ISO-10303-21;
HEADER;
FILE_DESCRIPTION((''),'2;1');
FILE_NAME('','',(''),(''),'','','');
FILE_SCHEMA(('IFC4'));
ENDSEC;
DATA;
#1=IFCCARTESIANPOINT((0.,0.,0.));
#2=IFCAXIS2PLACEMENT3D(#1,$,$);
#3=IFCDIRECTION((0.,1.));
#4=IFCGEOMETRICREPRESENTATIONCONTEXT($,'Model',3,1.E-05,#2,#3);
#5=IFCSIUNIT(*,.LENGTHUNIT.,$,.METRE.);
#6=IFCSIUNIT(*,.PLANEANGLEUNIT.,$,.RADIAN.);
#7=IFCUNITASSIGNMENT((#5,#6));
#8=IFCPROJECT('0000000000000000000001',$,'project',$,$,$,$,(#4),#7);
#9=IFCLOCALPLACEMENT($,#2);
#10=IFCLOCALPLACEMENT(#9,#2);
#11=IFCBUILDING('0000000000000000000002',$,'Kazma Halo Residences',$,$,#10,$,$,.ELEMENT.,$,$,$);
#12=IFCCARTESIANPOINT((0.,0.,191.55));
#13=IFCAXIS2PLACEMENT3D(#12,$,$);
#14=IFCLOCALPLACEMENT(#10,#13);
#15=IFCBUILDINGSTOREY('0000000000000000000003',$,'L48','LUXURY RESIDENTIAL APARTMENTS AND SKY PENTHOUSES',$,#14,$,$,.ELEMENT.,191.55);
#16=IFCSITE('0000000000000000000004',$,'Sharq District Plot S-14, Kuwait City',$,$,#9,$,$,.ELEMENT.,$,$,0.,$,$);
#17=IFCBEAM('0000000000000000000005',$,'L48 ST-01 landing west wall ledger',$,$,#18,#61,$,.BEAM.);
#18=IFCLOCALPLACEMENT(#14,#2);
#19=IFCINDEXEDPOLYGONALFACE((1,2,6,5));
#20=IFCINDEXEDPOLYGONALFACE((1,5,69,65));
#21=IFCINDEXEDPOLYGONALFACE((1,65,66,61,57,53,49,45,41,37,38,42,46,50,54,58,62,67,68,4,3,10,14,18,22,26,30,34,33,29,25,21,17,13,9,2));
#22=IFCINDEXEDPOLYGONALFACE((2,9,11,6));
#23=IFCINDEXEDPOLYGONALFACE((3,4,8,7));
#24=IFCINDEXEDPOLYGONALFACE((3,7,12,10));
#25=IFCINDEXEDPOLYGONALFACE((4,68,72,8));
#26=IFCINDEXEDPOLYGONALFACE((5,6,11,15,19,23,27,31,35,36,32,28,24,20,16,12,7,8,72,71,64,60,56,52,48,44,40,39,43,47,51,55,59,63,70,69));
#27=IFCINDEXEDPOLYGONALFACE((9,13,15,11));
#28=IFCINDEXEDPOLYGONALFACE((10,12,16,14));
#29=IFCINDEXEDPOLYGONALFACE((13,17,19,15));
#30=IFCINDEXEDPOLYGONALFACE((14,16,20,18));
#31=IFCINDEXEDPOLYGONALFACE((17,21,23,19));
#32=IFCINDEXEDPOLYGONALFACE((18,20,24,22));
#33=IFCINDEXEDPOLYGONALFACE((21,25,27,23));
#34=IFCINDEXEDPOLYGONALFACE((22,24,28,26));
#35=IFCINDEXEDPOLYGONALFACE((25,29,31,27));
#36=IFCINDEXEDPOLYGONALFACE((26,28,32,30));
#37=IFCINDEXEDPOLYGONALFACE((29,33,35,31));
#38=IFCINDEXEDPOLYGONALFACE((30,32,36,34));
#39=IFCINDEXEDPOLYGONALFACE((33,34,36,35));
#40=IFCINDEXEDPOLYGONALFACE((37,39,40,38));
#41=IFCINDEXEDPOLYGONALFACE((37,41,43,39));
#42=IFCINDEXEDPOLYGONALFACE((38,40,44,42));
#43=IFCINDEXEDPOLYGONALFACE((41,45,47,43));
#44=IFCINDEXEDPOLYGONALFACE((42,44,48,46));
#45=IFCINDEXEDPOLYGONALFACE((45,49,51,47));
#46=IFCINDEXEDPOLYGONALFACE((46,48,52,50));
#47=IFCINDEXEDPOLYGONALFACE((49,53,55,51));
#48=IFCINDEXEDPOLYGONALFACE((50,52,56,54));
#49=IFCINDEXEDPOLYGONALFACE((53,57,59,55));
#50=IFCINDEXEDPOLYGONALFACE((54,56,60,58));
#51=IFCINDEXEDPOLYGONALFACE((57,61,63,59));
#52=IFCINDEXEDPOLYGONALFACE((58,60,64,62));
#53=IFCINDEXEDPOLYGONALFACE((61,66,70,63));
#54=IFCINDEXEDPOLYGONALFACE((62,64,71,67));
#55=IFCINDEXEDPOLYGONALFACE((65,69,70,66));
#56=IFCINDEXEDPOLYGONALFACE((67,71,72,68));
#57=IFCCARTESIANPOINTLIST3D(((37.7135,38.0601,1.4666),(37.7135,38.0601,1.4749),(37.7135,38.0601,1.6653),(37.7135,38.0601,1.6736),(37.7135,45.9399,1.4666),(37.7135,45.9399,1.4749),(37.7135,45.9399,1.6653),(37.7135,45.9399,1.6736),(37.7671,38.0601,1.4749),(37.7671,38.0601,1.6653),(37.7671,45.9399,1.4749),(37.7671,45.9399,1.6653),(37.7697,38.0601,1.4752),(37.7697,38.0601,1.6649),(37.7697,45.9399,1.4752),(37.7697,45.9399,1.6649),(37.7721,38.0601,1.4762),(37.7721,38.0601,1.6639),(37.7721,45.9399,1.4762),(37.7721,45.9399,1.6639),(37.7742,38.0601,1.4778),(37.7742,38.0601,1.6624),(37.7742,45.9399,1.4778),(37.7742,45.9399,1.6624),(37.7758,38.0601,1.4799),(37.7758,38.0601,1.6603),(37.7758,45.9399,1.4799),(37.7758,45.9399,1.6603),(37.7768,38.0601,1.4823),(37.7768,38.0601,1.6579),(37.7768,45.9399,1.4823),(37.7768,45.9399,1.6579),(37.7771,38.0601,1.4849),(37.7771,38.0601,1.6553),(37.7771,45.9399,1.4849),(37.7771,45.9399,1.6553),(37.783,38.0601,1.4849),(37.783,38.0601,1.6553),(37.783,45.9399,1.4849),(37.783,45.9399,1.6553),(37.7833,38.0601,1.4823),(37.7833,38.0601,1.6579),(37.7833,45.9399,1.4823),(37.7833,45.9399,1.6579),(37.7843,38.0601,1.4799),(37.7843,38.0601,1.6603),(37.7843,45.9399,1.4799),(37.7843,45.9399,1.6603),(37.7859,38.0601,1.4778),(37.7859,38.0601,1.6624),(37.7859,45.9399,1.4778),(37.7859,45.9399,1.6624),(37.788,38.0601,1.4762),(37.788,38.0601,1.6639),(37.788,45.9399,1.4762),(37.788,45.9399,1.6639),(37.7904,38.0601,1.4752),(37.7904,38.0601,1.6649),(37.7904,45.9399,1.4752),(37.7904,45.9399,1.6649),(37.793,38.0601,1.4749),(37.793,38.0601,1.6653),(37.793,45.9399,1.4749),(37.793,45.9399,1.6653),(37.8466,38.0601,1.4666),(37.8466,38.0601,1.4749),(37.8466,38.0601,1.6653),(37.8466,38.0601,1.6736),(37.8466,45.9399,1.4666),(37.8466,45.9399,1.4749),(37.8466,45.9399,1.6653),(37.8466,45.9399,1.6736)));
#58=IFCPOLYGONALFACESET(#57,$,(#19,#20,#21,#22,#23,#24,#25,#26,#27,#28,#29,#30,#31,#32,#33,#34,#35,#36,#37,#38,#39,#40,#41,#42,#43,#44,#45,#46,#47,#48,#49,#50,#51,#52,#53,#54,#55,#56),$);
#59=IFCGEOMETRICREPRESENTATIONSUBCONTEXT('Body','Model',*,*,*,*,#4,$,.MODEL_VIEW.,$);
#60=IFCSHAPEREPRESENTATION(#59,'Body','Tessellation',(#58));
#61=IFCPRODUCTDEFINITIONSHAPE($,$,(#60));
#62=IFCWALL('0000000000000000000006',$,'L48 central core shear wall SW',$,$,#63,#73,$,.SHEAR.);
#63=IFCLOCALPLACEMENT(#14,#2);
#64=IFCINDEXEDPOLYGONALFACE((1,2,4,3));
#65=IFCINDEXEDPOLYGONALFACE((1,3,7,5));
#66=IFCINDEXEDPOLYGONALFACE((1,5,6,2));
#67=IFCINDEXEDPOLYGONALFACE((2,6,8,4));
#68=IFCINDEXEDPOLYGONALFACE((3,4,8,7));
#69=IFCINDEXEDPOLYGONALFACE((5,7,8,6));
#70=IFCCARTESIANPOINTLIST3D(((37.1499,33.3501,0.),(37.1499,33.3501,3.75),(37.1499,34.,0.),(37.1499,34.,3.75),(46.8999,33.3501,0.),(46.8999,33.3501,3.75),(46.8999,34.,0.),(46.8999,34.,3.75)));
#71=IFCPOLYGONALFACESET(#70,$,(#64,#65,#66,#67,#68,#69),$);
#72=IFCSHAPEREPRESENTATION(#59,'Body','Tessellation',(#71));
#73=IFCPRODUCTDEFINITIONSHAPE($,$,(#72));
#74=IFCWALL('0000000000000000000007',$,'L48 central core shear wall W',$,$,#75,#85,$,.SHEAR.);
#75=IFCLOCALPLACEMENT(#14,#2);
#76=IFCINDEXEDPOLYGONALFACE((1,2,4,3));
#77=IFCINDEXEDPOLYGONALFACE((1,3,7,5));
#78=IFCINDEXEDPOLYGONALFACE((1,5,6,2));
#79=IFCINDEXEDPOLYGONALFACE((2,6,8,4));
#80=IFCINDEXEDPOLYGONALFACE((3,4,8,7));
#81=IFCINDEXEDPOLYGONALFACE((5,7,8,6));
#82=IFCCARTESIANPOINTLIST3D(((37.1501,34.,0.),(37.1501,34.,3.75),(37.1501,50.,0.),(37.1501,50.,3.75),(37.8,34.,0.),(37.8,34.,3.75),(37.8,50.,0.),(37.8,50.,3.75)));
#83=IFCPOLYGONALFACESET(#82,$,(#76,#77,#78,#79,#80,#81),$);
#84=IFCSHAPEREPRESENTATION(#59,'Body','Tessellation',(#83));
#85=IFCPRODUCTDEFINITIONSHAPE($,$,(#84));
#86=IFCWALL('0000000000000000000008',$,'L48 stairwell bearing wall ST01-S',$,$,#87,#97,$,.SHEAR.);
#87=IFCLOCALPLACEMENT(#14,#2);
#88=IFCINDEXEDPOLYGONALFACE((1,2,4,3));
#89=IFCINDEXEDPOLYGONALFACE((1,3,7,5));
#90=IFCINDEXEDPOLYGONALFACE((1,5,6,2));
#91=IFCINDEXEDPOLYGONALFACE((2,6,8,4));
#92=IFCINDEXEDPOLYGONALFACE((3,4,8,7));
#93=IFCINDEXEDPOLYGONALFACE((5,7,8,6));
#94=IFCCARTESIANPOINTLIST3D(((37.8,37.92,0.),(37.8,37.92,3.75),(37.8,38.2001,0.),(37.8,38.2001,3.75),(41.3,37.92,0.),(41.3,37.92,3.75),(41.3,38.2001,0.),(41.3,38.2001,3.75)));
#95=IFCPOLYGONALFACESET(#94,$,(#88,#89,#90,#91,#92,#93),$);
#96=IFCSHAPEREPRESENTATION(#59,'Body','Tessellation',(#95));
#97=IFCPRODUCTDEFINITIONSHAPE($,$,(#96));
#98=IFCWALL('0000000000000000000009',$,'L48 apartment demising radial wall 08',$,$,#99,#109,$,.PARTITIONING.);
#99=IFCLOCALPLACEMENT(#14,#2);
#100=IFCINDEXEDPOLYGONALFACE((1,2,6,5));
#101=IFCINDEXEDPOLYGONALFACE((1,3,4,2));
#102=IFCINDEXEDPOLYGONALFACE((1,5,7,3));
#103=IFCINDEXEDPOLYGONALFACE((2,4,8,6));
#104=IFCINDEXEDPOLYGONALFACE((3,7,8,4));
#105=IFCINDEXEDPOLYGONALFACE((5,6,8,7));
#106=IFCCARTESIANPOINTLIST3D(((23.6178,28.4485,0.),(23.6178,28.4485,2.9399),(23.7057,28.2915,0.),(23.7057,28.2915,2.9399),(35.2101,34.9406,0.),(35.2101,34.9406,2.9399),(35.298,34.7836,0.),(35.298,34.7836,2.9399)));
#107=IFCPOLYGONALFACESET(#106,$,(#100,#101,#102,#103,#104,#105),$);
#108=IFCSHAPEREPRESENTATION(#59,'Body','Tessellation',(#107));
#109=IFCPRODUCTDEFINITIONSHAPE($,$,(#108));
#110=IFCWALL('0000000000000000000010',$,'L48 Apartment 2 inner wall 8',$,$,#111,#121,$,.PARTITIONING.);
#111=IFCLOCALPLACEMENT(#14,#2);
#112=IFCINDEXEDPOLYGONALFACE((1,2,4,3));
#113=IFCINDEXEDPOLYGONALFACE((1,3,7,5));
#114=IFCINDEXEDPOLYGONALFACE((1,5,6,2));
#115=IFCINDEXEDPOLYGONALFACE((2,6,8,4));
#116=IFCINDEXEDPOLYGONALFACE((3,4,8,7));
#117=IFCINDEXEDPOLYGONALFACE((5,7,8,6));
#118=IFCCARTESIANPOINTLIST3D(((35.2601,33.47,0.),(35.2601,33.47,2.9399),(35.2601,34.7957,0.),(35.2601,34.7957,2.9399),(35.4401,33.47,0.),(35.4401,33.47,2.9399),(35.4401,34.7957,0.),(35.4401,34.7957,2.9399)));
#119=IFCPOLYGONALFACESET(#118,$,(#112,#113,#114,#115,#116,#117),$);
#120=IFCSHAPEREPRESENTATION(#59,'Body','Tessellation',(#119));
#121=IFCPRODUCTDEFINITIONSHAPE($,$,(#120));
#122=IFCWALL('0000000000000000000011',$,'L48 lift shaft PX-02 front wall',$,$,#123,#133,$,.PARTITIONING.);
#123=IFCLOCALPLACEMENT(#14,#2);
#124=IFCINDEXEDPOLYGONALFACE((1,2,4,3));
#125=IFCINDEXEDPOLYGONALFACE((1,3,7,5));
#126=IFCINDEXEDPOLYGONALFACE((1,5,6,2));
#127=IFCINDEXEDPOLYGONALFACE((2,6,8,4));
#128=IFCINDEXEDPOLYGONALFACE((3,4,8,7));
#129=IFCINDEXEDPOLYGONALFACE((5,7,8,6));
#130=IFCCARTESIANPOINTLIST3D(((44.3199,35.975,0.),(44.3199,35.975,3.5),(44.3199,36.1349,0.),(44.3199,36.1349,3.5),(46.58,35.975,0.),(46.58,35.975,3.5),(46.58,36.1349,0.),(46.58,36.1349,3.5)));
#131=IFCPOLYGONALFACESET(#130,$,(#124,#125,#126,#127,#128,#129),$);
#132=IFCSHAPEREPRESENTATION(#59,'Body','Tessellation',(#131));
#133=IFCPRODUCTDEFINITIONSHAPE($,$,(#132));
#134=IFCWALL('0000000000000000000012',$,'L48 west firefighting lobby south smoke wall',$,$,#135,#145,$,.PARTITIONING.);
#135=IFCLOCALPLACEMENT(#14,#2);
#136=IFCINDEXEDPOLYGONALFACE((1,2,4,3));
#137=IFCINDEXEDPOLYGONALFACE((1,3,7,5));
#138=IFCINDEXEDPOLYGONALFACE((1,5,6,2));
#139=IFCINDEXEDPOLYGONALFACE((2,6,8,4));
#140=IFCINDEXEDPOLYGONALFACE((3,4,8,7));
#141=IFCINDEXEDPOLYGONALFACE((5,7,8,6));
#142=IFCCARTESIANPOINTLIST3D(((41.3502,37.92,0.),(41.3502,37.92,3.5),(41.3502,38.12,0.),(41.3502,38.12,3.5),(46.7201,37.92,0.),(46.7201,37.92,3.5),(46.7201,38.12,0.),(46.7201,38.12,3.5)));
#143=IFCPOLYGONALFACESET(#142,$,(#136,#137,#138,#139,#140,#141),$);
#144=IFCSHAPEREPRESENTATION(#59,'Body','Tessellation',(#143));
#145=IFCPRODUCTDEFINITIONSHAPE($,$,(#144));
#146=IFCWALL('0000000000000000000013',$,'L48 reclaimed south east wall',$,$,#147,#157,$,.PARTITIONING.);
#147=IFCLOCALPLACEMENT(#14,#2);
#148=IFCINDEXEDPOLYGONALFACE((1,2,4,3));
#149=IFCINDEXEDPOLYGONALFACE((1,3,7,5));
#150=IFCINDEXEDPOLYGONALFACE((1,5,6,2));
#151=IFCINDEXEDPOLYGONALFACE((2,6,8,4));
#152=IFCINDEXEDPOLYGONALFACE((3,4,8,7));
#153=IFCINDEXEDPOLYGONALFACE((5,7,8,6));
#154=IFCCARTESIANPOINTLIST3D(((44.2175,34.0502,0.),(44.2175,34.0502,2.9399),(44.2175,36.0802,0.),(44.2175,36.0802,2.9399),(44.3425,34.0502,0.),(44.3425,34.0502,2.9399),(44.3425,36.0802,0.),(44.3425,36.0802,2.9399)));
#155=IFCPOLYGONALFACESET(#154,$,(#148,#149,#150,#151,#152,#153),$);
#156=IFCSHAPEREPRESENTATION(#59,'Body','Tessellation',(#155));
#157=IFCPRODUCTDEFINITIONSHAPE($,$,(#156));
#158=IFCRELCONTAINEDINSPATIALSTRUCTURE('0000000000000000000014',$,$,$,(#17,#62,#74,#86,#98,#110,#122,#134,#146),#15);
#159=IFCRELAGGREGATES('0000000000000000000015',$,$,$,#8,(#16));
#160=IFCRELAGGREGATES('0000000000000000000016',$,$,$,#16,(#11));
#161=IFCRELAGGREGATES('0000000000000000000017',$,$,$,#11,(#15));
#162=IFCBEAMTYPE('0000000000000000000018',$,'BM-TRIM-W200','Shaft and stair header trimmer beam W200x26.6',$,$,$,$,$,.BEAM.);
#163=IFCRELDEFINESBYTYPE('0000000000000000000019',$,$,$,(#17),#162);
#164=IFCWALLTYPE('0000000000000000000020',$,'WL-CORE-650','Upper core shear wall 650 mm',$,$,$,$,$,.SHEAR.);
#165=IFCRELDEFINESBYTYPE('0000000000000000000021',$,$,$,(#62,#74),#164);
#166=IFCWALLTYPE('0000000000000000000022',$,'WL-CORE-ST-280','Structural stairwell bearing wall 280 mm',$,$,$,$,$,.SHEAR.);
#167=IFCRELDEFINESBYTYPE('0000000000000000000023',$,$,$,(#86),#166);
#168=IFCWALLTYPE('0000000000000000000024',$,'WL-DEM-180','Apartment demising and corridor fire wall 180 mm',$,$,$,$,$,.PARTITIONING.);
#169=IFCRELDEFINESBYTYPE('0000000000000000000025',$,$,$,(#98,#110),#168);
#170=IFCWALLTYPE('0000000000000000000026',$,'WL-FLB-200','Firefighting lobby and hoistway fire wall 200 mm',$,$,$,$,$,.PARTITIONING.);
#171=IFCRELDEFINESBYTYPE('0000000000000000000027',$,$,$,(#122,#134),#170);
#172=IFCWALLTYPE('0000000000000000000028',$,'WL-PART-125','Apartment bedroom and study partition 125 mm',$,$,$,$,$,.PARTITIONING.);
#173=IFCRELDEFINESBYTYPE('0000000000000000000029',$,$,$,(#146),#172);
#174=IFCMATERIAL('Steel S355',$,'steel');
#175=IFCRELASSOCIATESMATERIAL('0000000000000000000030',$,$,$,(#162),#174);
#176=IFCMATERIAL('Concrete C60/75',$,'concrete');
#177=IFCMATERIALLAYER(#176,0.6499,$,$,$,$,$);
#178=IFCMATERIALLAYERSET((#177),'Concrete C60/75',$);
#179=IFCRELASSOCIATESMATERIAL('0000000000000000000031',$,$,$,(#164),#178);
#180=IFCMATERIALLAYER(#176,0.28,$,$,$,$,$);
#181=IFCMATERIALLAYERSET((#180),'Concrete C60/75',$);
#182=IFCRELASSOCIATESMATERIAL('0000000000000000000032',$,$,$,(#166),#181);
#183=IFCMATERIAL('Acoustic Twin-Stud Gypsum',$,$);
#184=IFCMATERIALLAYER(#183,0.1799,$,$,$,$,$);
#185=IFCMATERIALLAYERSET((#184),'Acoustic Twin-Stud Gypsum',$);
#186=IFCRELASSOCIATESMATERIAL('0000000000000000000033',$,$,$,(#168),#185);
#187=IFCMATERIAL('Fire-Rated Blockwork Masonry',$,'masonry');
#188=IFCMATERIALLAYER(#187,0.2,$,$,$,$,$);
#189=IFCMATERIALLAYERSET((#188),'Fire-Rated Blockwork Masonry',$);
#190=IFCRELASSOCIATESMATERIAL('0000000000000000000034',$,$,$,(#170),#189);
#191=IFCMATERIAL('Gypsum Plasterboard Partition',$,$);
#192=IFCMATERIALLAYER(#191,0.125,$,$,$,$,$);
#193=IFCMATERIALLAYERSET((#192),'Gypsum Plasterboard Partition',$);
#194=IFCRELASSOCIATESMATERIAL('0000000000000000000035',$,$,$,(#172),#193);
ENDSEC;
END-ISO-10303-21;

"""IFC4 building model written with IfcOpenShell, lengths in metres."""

from ifc_helpers import new_model, si_unit, direction, frame, frame_2d, origin, origin_2d, place, context, subcontext, project, spatial, rectangle, i_section, extrude, material, layer, layer_set, material_profile, profile_set, type_object, element, save


model = new_model("IFC4")

# Units and contexts
model_context = context("Model", 3, precision=1e-05, world=origin(), true_north=direction((0.0, 1.0)))
body_context = subcontext(model_context, "Body", "Model", "MODEL_VIEW")
ifc_project = project(units=[si_unit("LENGTHUNIT", "METRE"), si_unit("PLANEANGLEUNIT", "RADIAN")], contexts=[model_context])

# Site, building, storey
site_placement = place(None, origin())
site = spatial("IfcSite", under=ifc_project, at=site_placement, Name="Sharq District Plot S-14, Kuwait City", CompositionType="ELEMENT", RefElevation=0.0)
building_placement = place(site_placement, origin())
building = spatial("IfcBuilding", under=site, at=building_placement, Name="Kazma Halo Residences", CompositionType="ELEMENT")
storey_placement = place(building_placement, frame((0.0, 0.0, 191.55)))
storey = spatial("IfcBuildingStorey", under=building, at=storey_placement, Name="L48", Description="LUXURY RESIDENTIAL APARTMENTS AND SKY PENTHOUSES", CompositionType="ELEMENT", Elevation=191.55)

# Beam
ifc_material_1 = material(Name="Steel S355", Category="steel")
ifc_material_profile_1 = material_profile(ifc_material_1, i_section(OverallWidth=0.1331, OverallDepth=0.207, WebThickness=0.0059, FlangeThickness=0.0083, FilletRadius=0.01, at=origin_2d()), Name="W200x26.6")
ifc_profile_set_1 = profile_set([ifc_material_profile_1], Name="Steel S355")
beam_type_1 = type_object("IfcBeamType", Name="BM-TRIM-W200", Description="Shaft and stair header trimmer beam W200x26.6", PredefinedType="BEAM", material=ifc_profile_set_1)
beam_1_placement = place(storey_placement, frame((37.78, 38.0601, 1.5701), z_axis=(0.0, 1.0, 0.0), x_axis=(-1.0, 0.0, 0.0)))
element("IfcBeam", 1, at=beam_1_placement, inside=storey, type_object=beam_type_1, Name="L48 ST-01 landing west wall ledger", PredefinedType="BEAM", context=body_context, shape_type="SweptSolid", body=[
    extrude(i_section(OverallWidth=0.1331, OverallDepth=0.207, WebThickness=0.0059, FlangeThickness=0.0083, FilletRadius=0.01, at=origin_2d()), origin(), (0.0, 0.0, 1.0), 7.8799),
])

# Walls
ifc_material_2 = material(Name="Concrete C60/75", Category="concrete")
ifc_layer_1 = layer(ifc_material_2, 0.6499)
ifc_layer_set_1 = layer_set([ifc_layer_1], Name="Concrete C60/75")
wall_type_1 = type_object("IfcWallType", Name="WL-CORE-650", Description="Upper core shear wall 650 mm", PredefinedType="SHEAR", material=ifc_layer_set_1)
wall_1_placement = place(storey_placement, frame((37.1499, 33.675, 0.0), z_axis=(0.0, 0.0, 1.0), x_axis=(1.0, 0.0, 0.0)))
element("IfcWall", 2, at=wall_1_placement, inside=storey, type_object=wall_type_1, Name="L48 central core shear wall SW", PredefinedType="SHEAR", context=body_context, shape_type="SweptSolid", body=[
    extrude(rectangle(XDim=9.75, YDim=0.6499, at=frame_2d((4.875, 0.0))), origin(), (0.0, 0.0, 1.0), 3.75),
])
wall_2_placement = place(storey_placement, frame((37.4751, 34.0, 0.0), z_axis=(0.0, 0.0, 1.0), x_axis=(0.0, 1.0, 0.0)))
element("IfcWall", 3, at=wall_2_placement, inside=storey, type_object=wall_type_1, Name="L48 central core shear wall W", PredefinedType="SHEAR", context=body_context, shape_type="SweptSolid", body=[
    extrude(rectangle(XDim=16.0, YDim=0.6499, at=frame_2d((8.0, 0.0))), origin(), (0.0, 0.0, 1.0), 3.75),
])
ifc_layer_2 = layer(ifc_material_2, 0.28)
ifc_layer_set_2 = layer_set([ifc_layer_2], Name="Concrete C60/75")
wall_type_2 = type_object("IfcWallType", Name="WL-CORE-ST-280", Description="Structural stairwell bearing wall 280 mm", PredefinedType="SHEAR", material=ifc_layer_set_2)
wall_3_placement = place(storey_placement, frame((37.8, 38.0601, 0.0), z_axis=(0.0, 0.0, 1.0), x_axis=(1.0, 0.0, 0.0)))
element("IfcWall", 4, at=wall_3_placement, inside=storey, type_object=wall_type_2, Name="L48 stairwell bearing wall ST01-S", PredefinedType="SHEAR", context=body_context, shape_type="SweptSolid", body=[
    extrude(rectangle(XDim=3.5, YDim=0.28, at=frame_2d((1.75, 0.0))), origin(), (0.0, 0.0, 1.0), 3.75),
])
ifc_material_3 = material(Name="Acoustic Twin-Stud Gypsum")
ifc_layer_3 = layer(ifc_material_3, 0.1799)
ifc_layer_set_3 = layer_set([ifc_layer_3], Name="Acoustic Twin-Stud Gypsum")
wall_type_3 = type_object("IfcWallType", Name="WL-DEM-180", Description="Apartment demising and corridor fire wall 180 mm", PredefinedType="PARTITIONING", material=ifc_layer_set_3)
wall_4_placement = place(storey_placement, frame((35.2539, 34.8621, 0.0), z_axis=(0.0, 0.0, 1.0), x_axis=(-0.87249, -0.488632, 0.0)))
element("IfcWall", 5, at=wall_4_placement, inside=storey, type_object=wall_type_3, Name="L48 apartment demising radial wall 08", PredefinedType="PARTITIONING", context=body_context, shape_type="SweptSolid", body=[
    extrude(rectangle(XDim=13.2864, YDim=0.1799, at=frame_2d((6.6431, 0.0))), origin(), (0.0, 0.0, 1.0), 2.9399),
])
wall_5_placement = place(storey_placement, frame((35.3501, 34.7957, 0.0), z_axis=(0.0, 0.0, 1.0), x_axis=(0.0, -1.0, 0.0)))
element("IfcWall", 6, at=wall_5_placement, inside=storey, type_object=wall_type_3, Name="L48 Apartment 2 inner wall 8", PredefinedType="PARTITIONING", context=body_context, shape_type="SweptSolid", body=[
    extrude(rectangle(XDim=1.3257, YDim=0.1799, at=frame_2d((0.6628, 0.0))), origin(), (0.0, 0.0, 1.0), 2.9399),
])
ifc_material_4 = material(Name="Fire-Rated Blockwork Masonry", Category="masonry")
ifc_layer_4 = layer(ifc_material_4, 0.2)
ifc_layer_set_4 = layer_set([ifc_layer_4], Name="Fire-Rated Blockwork Masonry")
wall_type_4 = type_object("IfcWallType", Name="WL-FLB-200", Description="Firefighting lobby and hoistway fire wall 200 mm", PredefinedType="PARTITIONING", material=ifc_layer_set_4)
wall_6_placement = place(storey_placement, frame((44.3201, 36.0549, 0.0), z_axis=(0.0, 0.0, 1.0), x_axis=(1.0, 0.0, 0.0)))
element("IfcWall", 7, at=wall_6_placement, inside=storey, type_object=wall_type_4, Name="L48 lift shaft PX-02 front wall", PredefinedType="PARTITIONING", context=body_context, shape_type="SweptSolid", body=[
    extrude(rectangle(XDim=2.26, YDim=0.1599, at=frame_2d((1.1299, 0.0))), origin(), (0.0, 0.0, 1.0), 3.5),
])
wall_7_placement = place(storey_placement, frame((41.3501, 38.02, 0.0), z_axis=(0.0, 0.0, 1.0), x_axis=(1.0, 0.0, 0.0)))
element("IfcWall", 8, at=wall_7_placement, inside=storey, type_object=wall_type_4, Name="L48 west firefighting lobby south smoke wall", PredefinedType="PARTITIONING", context=body_context, shape_type="SweptSolid", body=[
    extrude(rectangle(XDim=5.3699, YDim=0.2, at=frame_2d((2.6851, 0.0))), origin(), (0.0, 0.0, 1.0), 3.5),
])
ifc_material_5 = material(Name="Gypsum Plasterboard Partition")
ifc_layer_5 = layer(ifc_material_5, 0.125)
ifc_layer_set_5 = layer_set([ifc_layer_5], Name="Gypsum Plasterboard Partition")
wall_type_5 = type_object("IfcWallType", Name="WL-PART-125", Description="Apartment bedroom and study partition 125 mm", PredefinedType="PARTITIONING", material=ifc_layer_set_5)
wall_8_placement = place(storey_placement, frame((44.28, 34.05, 0.0), z_axis=(0.0, 0.0, 1.0), x_axis=(0.0, 1.0, 0.0)))
element("IfcWall", 9, at=wall_8_placement, inside=storey, type_object=wall_type_5, Name="L48 reclaimed south east wall", PredefinedType="PARTITIONING", context=body_context, shape_type="SweptSolid", body=[
    extrude(rectangle(XDim=2.03, YDim=0.125, at=frame_2d((1.0151, 0.0))), origin(), (0.0, 0.0, 1.0), 2.9399),
])

save(model, "model.ifc")
